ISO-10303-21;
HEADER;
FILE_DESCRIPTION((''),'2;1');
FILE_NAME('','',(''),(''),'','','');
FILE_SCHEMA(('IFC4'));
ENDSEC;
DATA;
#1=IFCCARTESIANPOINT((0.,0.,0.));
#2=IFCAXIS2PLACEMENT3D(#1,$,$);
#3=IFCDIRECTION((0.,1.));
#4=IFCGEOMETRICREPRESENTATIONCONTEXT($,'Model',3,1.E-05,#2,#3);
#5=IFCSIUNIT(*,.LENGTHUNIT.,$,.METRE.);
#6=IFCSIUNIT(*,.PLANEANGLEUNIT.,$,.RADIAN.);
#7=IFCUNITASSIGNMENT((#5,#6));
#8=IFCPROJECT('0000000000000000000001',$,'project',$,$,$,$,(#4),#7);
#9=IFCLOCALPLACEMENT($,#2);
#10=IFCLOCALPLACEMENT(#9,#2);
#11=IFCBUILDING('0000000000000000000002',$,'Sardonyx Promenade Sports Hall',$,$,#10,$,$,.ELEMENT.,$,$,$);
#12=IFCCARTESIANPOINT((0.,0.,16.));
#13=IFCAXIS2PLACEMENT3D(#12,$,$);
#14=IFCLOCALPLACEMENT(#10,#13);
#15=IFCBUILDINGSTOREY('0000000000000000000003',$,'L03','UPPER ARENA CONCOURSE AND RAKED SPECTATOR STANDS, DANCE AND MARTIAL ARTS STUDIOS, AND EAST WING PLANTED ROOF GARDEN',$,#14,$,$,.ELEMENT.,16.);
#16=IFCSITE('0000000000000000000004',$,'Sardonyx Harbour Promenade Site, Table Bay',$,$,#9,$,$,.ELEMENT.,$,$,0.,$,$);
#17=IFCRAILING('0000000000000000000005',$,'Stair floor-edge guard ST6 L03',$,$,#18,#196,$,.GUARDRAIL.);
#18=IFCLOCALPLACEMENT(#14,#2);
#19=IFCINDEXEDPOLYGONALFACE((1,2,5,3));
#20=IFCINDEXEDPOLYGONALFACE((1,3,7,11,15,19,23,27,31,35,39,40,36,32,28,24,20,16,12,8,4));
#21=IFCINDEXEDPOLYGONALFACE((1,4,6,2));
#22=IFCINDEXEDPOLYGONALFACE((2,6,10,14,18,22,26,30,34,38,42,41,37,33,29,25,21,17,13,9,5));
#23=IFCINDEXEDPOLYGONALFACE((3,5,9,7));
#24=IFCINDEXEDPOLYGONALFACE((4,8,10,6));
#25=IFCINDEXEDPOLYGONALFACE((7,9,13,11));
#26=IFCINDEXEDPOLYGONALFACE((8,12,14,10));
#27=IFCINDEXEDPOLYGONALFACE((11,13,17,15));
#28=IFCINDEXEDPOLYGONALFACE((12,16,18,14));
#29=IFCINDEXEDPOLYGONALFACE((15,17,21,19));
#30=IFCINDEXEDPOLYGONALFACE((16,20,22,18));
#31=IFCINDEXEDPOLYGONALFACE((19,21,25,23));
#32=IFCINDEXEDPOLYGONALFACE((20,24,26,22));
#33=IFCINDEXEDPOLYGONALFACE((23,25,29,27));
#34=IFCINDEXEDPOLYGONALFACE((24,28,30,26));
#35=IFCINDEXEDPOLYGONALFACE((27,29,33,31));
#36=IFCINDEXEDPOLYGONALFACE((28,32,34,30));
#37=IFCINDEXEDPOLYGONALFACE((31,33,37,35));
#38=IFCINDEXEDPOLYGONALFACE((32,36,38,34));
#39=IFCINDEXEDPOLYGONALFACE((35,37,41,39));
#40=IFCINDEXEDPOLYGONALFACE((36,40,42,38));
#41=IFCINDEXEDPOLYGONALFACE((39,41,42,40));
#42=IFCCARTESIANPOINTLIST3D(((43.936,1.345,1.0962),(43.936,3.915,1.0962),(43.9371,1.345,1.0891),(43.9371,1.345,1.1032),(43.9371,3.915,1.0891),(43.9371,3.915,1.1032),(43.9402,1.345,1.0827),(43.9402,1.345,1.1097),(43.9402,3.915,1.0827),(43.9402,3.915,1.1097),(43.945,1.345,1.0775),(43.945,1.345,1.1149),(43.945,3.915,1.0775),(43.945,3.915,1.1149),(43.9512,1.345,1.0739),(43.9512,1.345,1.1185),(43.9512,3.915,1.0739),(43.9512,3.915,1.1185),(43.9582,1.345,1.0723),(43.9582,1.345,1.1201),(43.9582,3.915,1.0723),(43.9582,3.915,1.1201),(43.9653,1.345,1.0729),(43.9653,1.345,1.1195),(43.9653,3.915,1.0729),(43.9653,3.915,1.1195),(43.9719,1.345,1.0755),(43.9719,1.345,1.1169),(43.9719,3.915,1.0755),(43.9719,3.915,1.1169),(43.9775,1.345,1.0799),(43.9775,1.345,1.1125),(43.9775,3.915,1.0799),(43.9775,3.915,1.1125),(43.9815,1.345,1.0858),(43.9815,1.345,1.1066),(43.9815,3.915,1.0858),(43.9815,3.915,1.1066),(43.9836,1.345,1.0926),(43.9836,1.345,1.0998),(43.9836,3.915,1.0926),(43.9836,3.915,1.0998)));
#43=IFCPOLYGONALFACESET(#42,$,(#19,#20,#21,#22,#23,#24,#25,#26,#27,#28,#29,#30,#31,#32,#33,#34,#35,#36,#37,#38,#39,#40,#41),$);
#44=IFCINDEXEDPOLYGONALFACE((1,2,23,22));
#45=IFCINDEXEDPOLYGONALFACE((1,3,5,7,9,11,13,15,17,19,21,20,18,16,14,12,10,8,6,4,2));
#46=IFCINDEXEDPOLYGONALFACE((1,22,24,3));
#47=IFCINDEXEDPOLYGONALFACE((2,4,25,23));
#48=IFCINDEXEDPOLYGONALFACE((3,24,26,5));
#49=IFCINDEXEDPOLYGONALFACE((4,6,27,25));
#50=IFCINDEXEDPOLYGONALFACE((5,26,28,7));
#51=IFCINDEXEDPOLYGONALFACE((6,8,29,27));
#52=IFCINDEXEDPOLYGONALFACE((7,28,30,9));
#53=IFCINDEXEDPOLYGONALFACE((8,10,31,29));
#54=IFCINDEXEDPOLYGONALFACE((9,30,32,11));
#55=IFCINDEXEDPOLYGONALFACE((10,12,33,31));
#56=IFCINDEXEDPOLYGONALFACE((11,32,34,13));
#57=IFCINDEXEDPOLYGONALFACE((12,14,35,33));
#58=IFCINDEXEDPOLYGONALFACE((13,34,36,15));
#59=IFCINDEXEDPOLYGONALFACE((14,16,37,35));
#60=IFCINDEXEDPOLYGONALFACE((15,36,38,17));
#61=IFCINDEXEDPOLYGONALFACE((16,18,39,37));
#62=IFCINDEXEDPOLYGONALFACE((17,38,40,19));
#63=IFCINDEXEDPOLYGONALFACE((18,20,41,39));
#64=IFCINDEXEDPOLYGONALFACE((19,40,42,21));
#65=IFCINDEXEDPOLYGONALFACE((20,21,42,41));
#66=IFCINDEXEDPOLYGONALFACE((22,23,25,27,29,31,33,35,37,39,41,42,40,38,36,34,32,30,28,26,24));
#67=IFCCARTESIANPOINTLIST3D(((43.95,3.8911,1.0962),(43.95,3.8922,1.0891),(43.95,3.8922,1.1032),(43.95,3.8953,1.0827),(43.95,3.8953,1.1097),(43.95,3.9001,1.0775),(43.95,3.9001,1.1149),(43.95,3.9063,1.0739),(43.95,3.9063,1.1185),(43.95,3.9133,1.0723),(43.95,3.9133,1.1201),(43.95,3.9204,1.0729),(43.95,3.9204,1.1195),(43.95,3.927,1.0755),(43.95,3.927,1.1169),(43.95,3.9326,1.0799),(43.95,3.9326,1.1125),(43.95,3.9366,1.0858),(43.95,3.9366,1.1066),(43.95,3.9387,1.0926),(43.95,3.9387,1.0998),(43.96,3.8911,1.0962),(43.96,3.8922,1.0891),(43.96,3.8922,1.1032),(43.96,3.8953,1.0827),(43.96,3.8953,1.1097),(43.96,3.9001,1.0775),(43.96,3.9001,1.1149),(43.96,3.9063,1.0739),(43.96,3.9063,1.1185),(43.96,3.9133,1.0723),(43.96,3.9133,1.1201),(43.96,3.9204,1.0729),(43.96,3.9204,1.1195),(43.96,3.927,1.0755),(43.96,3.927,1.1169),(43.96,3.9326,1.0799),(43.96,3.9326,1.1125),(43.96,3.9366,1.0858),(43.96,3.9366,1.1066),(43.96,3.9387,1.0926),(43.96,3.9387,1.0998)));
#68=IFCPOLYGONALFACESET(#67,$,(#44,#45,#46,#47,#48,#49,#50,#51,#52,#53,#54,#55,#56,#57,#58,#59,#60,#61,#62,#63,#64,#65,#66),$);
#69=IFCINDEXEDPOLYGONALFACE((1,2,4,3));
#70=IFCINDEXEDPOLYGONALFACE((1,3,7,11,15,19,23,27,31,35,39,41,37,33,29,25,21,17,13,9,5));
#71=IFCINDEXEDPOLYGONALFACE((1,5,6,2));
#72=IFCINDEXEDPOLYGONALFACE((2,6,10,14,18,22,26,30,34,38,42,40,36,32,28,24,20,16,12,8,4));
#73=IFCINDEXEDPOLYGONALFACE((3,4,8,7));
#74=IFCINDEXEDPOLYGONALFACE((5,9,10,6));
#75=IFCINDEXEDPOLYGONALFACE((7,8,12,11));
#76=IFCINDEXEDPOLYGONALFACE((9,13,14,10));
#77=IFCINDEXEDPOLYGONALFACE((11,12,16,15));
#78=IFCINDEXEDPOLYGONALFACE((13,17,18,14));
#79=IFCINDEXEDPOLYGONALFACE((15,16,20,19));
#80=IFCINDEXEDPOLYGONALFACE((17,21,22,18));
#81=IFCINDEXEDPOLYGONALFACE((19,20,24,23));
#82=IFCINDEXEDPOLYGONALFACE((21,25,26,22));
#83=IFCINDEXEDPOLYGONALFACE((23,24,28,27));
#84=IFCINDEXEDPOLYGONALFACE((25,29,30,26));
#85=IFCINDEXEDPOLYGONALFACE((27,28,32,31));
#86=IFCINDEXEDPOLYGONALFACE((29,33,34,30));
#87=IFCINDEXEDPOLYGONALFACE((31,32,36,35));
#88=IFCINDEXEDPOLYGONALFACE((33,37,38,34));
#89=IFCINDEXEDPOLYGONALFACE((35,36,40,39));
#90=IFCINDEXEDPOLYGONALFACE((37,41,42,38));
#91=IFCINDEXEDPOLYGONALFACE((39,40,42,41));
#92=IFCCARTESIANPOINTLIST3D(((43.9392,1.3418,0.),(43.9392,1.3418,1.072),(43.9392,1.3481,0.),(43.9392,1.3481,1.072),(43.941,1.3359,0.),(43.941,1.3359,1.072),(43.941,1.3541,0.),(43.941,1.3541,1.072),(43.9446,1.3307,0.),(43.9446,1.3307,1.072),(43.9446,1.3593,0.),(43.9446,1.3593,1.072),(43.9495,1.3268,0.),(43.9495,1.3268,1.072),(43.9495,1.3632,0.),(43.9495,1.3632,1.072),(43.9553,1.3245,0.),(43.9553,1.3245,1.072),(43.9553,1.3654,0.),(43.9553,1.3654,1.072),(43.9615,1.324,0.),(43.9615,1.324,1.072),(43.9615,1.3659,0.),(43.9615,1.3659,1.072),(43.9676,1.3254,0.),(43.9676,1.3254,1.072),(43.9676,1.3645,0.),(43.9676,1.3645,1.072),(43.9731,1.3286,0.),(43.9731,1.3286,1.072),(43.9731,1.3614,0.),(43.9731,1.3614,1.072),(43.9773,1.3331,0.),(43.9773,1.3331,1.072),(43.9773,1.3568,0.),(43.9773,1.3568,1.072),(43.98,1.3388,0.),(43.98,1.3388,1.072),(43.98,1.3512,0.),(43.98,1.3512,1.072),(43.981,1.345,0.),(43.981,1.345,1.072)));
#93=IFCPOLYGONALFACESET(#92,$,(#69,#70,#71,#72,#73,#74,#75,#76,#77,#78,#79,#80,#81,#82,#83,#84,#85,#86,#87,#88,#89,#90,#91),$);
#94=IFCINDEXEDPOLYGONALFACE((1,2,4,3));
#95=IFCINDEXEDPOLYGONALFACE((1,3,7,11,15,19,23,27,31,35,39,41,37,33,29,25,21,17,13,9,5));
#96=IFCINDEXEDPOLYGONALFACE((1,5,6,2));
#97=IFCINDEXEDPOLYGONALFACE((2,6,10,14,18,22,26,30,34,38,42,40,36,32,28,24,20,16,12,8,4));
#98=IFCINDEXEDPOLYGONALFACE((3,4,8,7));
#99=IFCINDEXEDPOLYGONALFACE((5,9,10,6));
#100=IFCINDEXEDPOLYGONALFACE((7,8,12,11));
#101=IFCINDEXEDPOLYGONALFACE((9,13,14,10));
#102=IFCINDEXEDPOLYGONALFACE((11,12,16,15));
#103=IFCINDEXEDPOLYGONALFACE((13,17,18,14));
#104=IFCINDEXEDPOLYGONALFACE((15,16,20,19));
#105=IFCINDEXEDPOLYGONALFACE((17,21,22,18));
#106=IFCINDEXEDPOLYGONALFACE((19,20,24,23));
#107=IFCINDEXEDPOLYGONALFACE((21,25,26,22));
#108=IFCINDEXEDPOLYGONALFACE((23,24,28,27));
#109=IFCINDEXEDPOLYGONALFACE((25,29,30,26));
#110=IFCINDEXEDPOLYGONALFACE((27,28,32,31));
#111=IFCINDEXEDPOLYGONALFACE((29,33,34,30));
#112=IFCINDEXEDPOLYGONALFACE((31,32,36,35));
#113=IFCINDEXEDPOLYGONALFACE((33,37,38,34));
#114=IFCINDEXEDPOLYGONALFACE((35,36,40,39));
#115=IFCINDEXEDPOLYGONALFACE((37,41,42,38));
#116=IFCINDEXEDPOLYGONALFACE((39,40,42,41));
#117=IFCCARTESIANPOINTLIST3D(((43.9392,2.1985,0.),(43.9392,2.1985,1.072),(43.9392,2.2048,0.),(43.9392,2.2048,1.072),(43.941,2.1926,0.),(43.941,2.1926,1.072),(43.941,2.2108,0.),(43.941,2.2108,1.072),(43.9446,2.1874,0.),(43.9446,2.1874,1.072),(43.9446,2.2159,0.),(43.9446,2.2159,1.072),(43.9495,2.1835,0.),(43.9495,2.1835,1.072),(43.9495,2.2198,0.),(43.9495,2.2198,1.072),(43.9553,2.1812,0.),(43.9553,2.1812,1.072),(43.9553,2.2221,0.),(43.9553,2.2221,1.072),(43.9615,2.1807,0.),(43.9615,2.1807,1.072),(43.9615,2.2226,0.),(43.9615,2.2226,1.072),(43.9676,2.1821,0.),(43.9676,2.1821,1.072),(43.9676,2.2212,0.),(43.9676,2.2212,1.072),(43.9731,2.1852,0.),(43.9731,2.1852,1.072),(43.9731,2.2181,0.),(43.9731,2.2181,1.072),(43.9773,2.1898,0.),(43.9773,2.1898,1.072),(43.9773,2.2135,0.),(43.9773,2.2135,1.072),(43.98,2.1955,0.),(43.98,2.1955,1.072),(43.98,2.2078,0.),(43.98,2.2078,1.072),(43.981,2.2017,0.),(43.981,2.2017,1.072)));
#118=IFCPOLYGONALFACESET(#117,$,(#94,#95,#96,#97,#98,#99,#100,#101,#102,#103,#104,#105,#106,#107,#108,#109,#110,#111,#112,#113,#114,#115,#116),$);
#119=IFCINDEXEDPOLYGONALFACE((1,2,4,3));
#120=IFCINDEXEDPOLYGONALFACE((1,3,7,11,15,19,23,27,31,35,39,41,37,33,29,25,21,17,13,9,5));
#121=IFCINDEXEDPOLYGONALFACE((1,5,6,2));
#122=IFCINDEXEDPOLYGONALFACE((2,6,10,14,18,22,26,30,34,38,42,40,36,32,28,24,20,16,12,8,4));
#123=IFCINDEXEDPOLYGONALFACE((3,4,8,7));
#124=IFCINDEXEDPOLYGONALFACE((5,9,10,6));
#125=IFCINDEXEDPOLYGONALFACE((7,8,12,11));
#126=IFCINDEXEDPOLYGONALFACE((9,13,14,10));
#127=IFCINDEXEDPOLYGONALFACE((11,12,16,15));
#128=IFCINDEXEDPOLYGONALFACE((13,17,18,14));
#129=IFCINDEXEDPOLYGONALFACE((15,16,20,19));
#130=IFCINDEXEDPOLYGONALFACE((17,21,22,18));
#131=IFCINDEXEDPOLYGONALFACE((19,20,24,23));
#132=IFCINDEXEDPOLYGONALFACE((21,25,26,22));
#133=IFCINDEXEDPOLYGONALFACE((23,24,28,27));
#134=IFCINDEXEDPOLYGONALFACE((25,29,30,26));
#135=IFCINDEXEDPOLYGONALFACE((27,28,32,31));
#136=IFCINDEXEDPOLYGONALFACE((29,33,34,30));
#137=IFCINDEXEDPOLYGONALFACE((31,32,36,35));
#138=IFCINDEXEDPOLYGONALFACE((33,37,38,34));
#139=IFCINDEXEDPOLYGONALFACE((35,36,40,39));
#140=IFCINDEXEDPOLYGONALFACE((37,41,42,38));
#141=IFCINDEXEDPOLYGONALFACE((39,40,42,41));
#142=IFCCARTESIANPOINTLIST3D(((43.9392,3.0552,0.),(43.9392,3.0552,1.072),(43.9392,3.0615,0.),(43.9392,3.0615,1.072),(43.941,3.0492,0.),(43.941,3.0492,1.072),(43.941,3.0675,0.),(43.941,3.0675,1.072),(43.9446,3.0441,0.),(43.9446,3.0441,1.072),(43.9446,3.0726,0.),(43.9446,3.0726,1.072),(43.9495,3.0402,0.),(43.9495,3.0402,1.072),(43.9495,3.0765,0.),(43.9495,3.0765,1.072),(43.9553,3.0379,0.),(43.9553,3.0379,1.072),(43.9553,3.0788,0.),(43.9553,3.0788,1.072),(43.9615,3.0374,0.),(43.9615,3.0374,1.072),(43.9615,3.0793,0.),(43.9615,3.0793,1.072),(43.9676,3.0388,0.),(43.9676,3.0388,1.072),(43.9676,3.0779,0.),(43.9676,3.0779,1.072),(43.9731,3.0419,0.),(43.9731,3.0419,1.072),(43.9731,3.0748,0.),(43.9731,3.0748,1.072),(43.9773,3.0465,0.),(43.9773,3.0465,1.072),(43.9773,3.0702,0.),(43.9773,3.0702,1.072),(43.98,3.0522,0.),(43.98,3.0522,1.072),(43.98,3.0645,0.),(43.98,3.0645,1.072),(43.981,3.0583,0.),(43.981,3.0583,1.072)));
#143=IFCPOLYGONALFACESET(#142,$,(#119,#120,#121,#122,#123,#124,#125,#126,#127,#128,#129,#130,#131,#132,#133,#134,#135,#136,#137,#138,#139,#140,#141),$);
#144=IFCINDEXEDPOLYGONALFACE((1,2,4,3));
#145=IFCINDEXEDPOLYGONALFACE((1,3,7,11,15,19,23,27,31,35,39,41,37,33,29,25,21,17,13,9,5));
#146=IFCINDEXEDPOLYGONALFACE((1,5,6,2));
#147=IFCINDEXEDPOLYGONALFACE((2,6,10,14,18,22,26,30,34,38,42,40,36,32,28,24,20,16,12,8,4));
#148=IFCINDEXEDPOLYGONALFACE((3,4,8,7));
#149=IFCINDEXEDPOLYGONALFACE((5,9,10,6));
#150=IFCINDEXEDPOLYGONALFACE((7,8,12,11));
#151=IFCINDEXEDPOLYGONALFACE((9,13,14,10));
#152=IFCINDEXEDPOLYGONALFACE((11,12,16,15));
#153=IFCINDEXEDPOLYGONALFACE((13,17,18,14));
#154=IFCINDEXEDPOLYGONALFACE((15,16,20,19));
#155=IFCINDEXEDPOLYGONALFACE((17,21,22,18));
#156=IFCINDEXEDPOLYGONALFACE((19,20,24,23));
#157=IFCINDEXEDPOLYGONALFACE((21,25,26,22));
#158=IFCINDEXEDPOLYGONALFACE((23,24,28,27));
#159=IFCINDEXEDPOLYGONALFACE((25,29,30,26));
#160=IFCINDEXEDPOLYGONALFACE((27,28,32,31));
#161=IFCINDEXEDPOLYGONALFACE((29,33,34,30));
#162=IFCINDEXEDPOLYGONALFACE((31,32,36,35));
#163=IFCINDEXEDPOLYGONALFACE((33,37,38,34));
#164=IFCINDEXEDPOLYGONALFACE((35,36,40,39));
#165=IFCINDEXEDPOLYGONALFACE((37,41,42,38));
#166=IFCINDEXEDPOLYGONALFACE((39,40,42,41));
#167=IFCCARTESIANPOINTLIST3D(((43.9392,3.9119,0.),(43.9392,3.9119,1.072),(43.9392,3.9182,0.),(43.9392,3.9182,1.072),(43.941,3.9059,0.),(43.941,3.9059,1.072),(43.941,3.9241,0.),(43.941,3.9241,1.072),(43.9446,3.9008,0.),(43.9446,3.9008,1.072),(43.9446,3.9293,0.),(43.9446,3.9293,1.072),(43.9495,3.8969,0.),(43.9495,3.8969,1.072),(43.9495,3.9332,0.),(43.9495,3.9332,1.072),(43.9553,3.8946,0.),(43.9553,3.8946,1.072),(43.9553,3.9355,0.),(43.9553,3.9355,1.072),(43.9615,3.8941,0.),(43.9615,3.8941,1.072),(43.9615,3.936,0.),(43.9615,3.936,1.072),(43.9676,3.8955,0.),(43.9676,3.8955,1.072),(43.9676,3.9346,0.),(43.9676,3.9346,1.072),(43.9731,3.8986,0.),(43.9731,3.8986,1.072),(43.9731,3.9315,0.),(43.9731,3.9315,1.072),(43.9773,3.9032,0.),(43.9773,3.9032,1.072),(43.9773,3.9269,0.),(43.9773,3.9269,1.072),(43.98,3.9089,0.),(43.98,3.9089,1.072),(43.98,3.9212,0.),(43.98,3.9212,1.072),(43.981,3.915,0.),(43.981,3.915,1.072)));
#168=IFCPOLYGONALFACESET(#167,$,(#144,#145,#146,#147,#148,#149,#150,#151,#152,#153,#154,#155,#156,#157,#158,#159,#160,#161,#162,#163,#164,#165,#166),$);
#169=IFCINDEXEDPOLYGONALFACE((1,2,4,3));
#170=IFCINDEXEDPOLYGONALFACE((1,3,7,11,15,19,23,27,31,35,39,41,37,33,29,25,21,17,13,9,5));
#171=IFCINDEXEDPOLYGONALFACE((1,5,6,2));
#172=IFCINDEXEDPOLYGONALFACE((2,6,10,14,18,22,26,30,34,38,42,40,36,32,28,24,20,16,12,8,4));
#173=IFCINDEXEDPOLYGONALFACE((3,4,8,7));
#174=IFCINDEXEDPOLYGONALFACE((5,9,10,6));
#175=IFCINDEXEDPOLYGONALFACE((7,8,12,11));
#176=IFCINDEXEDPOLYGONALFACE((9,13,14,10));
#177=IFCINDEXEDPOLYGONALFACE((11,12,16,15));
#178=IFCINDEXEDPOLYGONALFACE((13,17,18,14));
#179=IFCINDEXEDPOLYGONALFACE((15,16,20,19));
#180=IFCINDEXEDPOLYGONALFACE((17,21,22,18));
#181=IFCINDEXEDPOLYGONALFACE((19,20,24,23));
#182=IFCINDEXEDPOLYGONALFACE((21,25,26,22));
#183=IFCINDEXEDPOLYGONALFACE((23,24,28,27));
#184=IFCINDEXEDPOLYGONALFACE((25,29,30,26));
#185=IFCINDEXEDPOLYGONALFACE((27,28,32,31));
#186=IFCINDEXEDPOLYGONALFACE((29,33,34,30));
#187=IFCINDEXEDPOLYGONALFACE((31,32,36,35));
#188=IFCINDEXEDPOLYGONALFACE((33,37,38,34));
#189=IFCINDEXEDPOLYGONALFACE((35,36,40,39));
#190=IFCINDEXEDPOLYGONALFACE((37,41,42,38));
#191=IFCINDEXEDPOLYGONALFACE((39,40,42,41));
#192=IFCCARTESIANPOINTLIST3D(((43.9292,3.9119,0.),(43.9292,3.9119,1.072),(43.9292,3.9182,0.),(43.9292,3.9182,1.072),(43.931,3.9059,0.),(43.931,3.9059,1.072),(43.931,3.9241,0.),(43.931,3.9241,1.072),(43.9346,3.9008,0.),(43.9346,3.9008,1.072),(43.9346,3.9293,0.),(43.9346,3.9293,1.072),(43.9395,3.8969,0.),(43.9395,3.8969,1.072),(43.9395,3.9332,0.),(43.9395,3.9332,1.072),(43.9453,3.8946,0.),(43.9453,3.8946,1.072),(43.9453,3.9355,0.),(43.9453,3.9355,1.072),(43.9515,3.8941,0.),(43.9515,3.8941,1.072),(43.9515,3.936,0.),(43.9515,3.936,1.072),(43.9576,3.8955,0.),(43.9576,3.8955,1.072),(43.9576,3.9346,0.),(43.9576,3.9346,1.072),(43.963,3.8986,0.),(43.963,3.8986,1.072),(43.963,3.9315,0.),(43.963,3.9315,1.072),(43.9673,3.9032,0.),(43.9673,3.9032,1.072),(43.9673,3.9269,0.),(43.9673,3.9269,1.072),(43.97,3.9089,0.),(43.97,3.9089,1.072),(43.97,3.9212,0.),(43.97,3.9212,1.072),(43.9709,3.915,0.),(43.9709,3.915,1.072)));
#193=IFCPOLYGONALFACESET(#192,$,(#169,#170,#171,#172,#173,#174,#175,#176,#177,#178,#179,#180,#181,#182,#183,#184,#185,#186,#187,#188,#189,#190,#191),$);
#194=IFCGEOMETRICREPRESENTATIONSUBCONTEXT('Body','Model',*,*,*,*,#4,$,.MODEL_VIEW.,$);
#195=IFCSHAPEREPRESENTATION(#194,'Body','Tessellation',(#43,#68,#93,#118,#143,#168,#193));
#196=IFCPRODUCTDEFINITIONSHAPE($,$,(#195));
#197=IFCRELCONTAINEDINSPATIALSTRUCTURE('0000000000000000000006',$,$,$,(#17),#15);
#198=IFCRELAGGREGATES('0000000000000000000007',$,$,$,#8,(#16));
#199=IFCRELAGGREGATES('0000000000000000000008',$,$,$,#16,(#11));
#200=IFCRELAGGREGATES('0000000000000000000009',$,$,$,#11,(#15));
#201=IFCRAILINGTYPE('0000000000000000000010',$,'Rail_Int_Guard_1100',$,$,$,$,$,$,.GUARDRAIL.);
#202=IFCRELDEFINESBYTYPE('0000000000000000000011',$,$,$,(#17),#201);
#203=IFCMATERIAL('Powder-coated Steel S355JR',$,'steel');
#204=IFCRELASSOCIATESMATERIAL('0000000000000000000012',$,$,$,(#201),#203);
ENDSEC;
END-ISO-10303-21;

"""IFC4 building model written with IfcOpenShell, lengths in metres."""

from ifc_helpers import new_model, si_unit, direction, frame, origin, origin_2d, place, context, subcontext, project, spatial, circle, extrude, material, type_object, element, save


model = new_model("IFC4")

# Units and contexts
model_context = context("Model", 3, precision=1e-05, world=origin(), true_north=direction((0.0, 1.0)))
body_context = subcontext(model_context, "Body", "Model", "MODEL_VIEW")
ifc_project = project(units=[si_unit("LENGTHUNIT", "METRE"), si_unit("PLANEANGLEUNIT", "RADIAN")], contexts=[model_context])

# Site, building, storey
site_placement = place(None, origin())
site = spatial("IfcSite", under=ifc_project, at=site_placement, Name="Sardonyx Harbour Promenade Site, Table Bay", CompositionType="ELEMENT", RefElevation=0.0)
building_placement = place(site_placement, origin())
building = spatial("IfcBuilding", under=site, at=building_placement, Name="Sardonyx Promenade Sports Hall", CompositionType="ELEMENT")
storey_placement = place(building_placement, frame((0.0, 0.0, 16.0)))
storey = spatial("IfcBuildingStorey", under=building, at=storey_placement, Name="L03", Description="UPPER ARENA CONCOURSE AND RAKED SPECTATOR STANDS, DANCE AND MARTIAL ARTS STUDIOS, AND EAST WING PLANTED ROOF GARDEN", CompositionType="ELEMENT", Elevation=16.0)

# Railing
ifc_material_1 = material(Name="Powder-coated Steel S355JR", Category="steel")
railing_type_1 = type_object("IfcRailingType", Name="Rail_Int_Guard_1100", PredefinedType="GUARDRAIL", material=ifc_material_1)
railing_1_placement = place(storey_placement, frame((43.96, 1.345, 0.0)))
element("IfcRailing", 1, at=railing_1_placement, inside=storey, type_object=railing_type_1, Name="Stair floor-edge guard ST6 L03", PredefinedType="GUARDRAIL", context=body_context, shape_type="SweptSolid", body=[
    extrude(circle(Radius=0.0239, at=origin_2d()), frame((0.0, 0.0, 1.0962), z_axis=(0.0, 1.0, 0.0), x_axis=(-1.0, 0.0, 0.0)), (0.0, 0.0, 1.0), 2.5701),
    extrude(circle(Radius=0.0239, at=origin_2d()), frame((0.0, 2.5701, 1.0962), z_axis=(-1.0, 0.0, 0.0), x_axis=(0.0, -1.0, 0.0)), (0.0, 0.0, 1.0), 0.01),
    extrude(circle(Radius=0.021, at=origin_2d()), origin(), (0.0, 0.0, 1.0), 1.072),
    extrude(circle(Radius=0.021, at=origin_2d()), frame((0.0, 0.8567, 0.0)), (0.0, 0.0, 1.0), 1.072),
    extrude(circle(Radius=0.021, at=origin_2d()), frame((0.0, 1.7134, 0.0)), (0.0, 0.0, 1.0), 1.072),
    extrude(circle(Radius=0.021, at=origin_2d()), frame((0.0, 2.5701, 0.0)), (0.0, 0.0, 1.0), 1.072),
    extrude(circle(Radius=0.021, at=origin_2d()), frame((-0.01, 2.5701, 0.0)), (0.0, 0.0, 1.0), 1.072),
])

save(model, "model.ifc")
